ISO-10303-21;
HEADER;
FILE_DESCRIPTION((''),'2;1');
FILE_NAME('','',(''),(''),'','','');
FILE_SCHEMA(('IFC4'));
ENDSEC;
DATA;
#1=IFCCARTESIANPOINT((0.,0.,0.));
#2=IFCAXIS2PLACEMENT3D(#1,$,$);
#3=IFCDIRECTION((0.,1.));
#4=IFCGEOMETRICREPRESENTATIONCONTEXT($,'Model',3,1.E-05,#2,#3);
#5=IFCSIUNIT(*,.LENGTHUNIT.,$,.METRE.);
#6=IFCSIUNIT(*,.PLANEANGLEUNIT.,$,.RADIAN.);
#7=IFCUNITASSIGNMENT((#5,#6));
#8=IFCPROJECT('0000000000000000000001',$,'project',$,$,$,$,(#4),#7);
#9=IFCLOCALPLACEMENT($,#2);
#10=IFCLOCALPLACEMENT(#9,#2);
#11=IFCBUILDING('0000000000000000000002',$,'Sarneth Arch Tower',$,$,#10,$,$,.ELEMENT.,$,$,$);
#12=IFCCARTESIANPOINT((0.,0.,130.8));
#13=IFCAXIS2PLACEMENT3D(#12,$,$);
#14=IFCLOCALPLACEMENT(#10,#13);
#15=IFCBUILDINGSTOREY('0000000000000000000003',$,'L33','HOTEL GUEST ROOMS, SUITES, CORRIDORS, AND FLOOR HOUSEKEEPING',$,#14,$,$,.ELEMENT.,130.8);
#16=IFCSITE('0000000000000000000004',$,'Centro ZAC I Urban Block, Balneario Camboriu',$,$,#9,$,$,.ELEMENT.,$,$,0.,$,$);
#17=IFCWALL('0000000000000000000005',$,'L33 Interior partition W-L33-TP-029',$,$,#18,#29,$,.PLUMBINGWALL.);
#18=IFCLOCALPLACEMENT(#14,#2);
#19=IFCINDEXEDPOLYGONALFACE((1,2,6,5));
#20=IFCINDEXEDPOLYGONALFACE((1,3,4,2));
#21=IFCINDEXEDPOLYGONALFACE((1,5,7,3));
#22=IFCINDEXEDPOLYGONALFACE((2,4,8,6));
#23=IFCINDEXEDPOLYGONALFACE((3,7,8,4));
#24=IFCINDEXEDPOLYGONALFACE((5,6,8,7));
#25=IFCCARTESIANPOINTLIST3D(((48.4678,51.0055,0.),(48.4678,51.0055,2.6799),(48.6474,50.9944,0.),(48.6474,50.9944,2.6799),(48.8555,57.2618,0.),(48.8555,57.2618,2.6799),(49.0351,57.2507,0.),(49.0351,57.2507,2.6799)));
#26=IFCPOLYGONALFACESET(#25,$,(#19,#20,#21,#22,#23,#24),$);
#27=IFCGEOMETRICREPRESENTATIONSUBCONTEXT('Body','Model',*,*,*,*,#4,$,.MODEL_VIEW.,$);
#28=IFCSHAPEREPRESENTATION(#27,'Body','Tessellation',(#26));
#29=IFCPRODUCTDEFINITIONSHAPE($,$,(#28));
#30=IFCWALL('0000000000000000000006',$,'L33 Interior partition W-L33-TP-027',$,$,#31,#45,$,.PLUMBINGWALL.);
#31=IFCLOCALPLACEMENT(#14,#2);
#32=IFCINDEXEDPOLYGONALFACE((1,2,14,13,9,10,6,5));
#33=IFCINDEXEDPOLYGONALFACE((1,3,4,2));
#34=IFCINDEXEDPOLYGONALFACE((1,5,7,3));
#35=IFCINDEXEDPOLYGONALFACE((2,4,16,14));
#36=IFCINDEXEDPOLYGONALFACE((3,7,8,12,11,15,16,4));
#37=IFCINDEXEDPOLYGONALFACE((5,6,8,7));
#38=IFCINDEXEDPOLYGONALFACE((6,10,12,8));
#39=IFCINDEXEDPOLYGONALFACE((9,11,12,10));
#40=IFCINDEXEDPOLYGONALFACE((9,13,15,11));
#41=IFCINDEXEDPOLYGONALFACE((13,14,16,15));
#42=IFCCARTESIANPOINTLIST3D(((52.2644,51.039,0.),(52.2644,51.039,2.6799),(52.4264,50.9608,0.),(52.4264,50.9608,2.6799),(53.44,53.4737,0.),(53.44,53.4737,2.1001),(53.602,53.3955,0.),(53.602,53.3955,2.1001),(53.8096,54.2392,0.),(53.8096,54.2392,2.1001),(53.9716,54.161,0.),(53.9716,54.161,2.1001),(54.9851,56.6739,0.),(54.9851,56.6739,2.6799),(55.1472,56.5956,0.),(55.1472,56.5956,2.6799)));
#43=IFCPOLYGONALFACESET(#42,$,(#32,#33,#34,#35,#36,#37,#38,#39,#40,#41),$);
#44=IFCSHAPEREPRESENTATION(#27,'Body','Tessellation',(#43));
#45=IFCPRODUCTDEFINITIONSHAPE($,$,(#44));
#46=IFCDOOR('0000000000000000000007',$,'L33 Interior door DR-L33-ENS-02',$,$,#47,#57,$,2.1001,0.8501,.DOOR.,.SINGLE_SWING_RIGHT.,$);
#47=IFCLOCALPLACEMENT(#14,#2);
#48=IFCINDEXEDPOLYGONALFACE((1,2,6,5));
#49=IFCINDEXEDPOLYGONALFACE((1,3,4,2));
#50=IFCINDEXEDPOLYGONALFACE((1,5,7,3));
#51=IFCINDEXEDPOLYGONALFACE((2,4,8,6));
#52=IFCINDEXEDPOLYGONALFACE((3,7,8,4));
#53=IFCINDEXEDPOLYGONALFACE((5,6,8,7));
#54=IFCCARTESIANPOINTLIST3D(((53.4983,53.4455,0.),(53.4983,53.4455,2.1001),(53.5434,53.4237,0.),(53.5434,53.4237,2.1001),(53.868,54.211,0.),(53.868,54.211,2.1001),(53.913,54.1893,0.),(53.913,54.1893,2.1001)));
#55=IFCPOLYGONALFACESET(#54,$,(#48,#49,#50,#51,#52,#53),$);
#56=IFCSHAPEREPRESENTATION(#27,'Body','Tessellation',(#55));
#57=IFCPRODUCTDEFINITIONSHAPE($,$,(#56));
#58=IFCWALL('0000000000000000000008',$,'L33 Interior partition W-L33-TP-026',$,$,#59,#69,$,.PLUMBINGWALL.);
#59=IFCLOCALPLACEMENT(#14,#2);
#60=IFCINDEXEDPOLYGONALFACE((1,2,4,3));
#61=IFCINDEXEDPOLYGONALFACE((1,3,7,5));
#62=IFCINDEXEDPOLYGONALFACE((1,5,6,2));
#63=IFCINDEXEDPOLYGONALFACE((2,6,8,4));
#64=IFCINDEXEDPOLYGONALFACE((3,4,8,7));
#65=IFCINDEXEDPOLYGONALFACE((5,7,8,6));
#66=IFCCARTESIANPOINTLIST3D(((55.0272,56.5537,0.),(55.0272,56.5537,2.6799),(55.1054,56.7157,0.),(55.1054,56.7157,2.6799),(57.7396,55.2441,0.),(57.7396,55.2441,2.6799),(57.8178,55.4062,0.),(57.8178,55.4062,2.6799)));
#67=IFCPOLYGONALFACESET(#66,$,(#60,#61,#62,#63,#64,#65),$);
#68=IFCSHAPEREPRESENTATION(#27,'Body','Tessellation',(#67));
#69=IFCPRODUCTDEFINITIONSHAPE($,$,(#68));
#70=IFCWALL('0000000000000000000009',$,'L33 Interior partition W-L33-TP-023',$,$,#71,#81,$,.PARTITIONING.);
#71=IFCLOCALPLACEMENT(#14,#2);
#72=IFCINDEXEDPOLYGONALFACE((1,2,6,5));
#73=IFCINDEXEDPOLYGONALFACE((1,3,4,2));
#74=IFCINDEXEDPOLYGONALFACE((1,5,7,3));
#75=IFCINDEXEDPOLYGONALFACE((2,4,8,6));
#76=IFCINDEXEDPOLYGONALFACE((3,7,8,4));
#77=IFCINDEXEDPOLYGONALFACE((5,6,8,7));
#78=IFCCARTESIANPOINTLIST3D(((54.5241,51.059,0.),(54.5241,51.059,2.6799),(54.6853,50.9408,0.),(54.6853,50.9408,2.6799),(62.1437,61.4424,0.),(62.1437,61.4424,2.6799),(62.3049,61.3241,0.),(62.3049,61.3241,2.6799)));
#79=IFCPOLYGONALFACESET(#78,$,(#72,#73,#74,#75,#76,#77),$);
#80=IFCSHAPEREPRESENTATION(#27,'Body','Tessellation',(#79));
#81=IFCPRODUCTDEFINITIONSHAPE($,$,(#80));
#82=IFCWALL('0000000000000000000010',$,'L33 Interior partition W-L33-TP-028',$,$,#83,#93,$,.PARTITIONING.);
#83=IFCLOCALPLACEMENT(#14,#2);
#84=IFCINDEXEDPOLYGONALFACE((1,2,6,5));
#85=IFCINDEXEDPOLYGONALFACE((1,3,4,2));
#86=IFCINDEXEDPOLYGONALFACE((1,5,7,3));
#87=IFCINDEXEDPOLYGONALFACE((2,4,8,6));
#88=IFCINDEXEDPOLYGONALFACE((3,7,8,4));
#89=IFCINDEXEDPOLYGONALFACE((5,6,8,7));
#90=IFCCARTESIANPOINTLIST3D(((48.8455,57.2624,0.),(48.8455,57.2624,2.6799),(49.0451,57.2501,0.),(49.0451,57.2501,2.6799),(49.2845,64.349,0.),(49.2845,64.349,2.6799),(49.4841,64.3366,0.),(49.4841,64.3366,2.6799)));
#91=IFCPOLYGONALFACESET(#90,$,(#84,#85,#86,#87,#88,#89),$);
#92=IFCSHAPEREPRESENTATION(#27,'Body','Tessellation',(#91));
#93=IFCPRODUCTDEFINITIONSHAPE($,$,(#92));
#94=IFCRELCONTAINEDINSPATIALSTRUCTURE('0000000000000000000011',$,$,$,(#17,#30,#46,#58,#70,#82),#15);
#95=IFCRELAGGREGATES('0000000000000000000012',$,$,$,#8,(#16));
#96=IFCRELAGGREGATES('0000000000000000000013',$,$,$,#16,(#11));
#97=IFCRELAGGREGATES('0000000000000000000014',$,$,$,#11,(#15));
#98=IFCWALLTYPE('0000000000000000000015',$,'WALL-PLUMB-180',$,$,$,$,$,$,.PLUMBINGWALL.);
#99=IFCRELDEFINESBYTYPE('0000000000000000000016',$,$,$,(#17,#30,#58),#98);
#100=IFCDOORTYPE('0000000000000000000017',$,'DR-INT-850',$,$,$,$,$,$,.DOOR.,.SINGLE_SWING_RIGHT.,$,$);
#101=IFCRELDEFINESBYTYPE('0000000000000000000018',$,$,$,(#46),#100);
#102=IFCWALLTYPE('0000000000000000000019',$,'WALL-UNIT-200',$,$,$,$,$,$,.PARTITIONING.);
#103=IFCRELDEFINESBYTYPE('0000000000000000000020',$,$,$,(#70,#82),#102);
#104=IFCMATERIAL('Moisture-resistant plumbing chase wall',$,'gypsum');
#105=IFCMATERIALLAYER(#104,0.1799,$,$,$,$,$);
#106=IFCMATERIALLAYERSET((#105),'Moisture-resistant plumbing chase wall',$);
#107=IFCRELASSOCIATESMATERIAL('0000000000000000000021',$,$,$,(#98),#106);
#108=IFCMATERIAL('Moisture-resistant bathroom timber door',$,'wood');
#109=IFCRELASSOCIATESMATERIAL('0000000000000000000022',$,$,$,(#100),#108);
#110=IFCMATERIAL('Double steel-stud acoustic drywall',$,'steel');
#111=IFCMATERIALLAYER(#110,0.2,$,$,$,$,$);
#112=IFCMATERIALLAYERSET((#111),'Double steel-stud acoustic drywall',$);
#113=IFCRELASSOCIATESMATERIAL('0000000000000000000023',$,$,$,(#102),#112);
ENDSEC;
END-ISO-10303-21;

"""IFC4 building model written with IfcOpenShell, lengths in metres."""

from ifc_helpers import new_model, si_unit, direction, frame, frame_2d, origin, place, context, subcontext, project, spatial, rectangle, extrude, material, layer, layer_set, type_object, element, fill, save


model = new_model("IFC4")

# Units and contexts
model_context = context("Model", 3, precision=1e-05, world=origin(), true_north=direction((0.0, 1.0)))
body_context = subcontext(model_context, "Body", "Model", "MODEL_VIEW")
ifc_project = project(units=[si_unit("LENGTHUNIT", "METRE"), si_unit("PLANEANGLEUNIT", "RADIAN")], contexts=[model_context])

# Site, building, storey
site_placement = place(None, origin())
site = spatial("IfcSite", under=ifc_project, at=site_placement, Name="Centro ZAC I Urban Block, Balneario Camboriu", CompositionType="ELEMENT", RefElevation=0.0)
building_placement = place(site_placement, origin())
building = spatial("IfcBuilding", under=site, at=building_placement, Name="Sarneth Arch Tower", CompositionType="ELEMENT")
storey_placement = place(building_placement, frame((0.0, 0.0, 130.8)))
storey = spatial("IfcBuildingStorey", under=building, at=storey_placement, Name="L33", Description="HOTEL GUEST ROOMS, SUITES, CORRIDORS, AND FLOOR HOUSEKEEPING", CompositionType="ELEMENT", Elevation=130.8)

# Wall
ifc_material_1 = material(Name="Moisture-resistant plumbing chase wall", Category="gypsum")
ifc_layer_1 = layer(ifc_material_1, 0.1799)
ifc_layer_set_1 = layer_set([ifc_layer_1], Name="Moisture-resistant plumbing chase wall")
wall_type_1 = type_object("IfcWallType", Name="WALL-PLUMB-180", PredefinedType="PLUMBINGWALL", material=ifc_layer_set_1)
wall_1_placement = place(storey_placement, frame((48.9453, 57.2563, 0.0), z_axis=(0.0, 0.0, 1.0), x_axis=(-0.06185, -0.998085, 0.0)))
element("IfcWall", 1, at=wall_1_placement, inside=storey, type_object=wall_type_1, Name="L33 Interior partition W-L33-TP-029", PredefinedType="PLUMBINGWALL", context=body_context, shape_type="SweptSolid", body=[
    extrude(rectangle(XDim=6.2683, YDim=0.1799, at=frame_2d((3.1343, 0.0))), origin(), (0.0, 0.0, 1.0), 2.6799),
])

# Wall, opening, door
wall_2_placement = place(storey_placement, frame((55.0662, 56.6348, 0.0), z_axis=(0.0, 0.0, 1.0), x_axis=(-0.43481, -0.900522, 0.0)))
wall_2 = element("IfcWall", 2, at=wall_2_placement, inside=storey, type_object=wall_type_1, Name="L33 Interior partition W-L33-TP-027", PredefinedType="PLUMBINGWALL", context=body_context, shape_type="SweptSolid", body=[
    extrude(rectangle(XDim=6.2573, YDim=0.1799, at=frame_2d((3.1287, 0.0))), origin(), (0.0, 0.0, 1.0), 2.6799),
])
opening_1_placement = place(wall_2_placement, frame((2.7036, 0.0, 0.0)))
opening_1 = element("IfcOpeningElement", 3, at=opening_1_placement, cuts=wall_2, PredefinedType="OPENING", context=body_context, shape_type="SweptSolid", body=[
    extrude(rectangle(XDim=0.8501, YDim=2.1001, at=frame_2d((0.425, 1.05))), frame((0.0, 0.0999, 0.0), z_axis=(0.0, -1.0, 0.0), x_axis=(1.0, 0.0, 0.0)), (0.0, 0.0, 1.0), 0.2),
])
ifc_material_2 = material(Name="Moisture-resistant bathroom timber door", Category="wood")
door_type_1 = type_object("IfcDoorType", Name="DR-INT-850", OperationType="SINGLE_SWING_RIGHT", PredefinedType="DOOR", material=ifc_material_2)
door_1_placement = place(opening_1_placement, origin())
door_1 = element("IfcDoor", 4, at=door_1_placement, inside=storey, type_object=door_type_1, Name="L33 Interior door DR-L33-ENS-02", OperationType="SINGLE_SWING_RIGHT", OverallHeight=2.1001, OverallWidth=0.8501, PredefinedType="DOOR", context=body_context, shape_type="SweptSolid", body=[
    extrude(rectangle(XDim=0.8501, YDim=2.1001, at=frame_2d((0.425, 1.05))), frame((0.0, 0.0249, 0.0), z_axis=(0.0, -1.0, 0.0), x_axis=(1.0, 0.0, 0.0)), (0.0, 0.0, 1.0), 0.05),
])
fill(opening_1, door_1)

# Walls
wall_3_placement = place(storey_placement, frame((57.7786, 55.3252, 0.0), z_axis=(0.0, 0.0, 1.0), x_axis=(-0.900534, 0.434785, 0.0)))
element("IfcWall", 5, at=wall_3_placement, inside=storey, type_object=wall_type_1, Name="L33 Interior partition W-L33-TP-026", PredefinedType="PLUMBINGWALL", context=body_context, shape_type="SweptSolid", body=[
    extrude(rectangle(XDim=3.012, YDim=0.1799, at=frame_2d((1.5059, 0.0))), origin(), (0.0, 0.0, 1.0), 2.6799),
])
ifc_material_3 = material(Name="Double steel-stud acoustic drywall", Category="steel")
ifc_layer_2 = layer(ifc_material_3, 0.2)
ifc_layer_set_2 = layer_set([ifc_layer_2], Name="Double steel-stud acoustic drywall")
wall_type_2 = type_object("IfcWallType", Name="WALL-UNIT-200", PredefinedType="PARTITIONING", material=ifc_layer_set_2)
wall_4_placement = place(storey_placement, frame((54.6047, 51.0, 0.0), z_axis=(0.0, 0.0, 1.0), x_axis=(0.591627, 0.806212, 0.0)))
element("IfcWall", 6, at=wall_4_placement, inside=storey, type_object=wall_type_2, Name="L33 Interior partition W-L33-TP-023", PredefinedType="PARTITIONING", context=body_context, shape_type="SweptSolid", body=[
    extrude(rectangle(XDim=12.8792, YDim=0.2, at=frame_2d((6.4395, 0.0))), origin(), (0.0, 0.0, 1.0), 2.6799),
])
wall_5_placement = place(storey_placement, frame((49.3843, 64.3428, 0.0), z_axis=(0.0, 0.0, 1.0), x_axis=(-0.061826, -0.998087, 0.0)))
element("IfcWall", 7, at=wall_5_placement, inside=storey, type_object=wall_type_2, Name="L33 Interior partition W-L33-TP-028", PredefinedType="PARTITIONING", context=body_context, shape_type="SweptSolid", body=[
    extrude(rectangle(XDim=7.1001, YDim=0.2, at=frame_2d((3.55, 0.0))), origin(), (0.0, 0.0, 1.0), 2.6799),
])

save(model, "model.ifc")
